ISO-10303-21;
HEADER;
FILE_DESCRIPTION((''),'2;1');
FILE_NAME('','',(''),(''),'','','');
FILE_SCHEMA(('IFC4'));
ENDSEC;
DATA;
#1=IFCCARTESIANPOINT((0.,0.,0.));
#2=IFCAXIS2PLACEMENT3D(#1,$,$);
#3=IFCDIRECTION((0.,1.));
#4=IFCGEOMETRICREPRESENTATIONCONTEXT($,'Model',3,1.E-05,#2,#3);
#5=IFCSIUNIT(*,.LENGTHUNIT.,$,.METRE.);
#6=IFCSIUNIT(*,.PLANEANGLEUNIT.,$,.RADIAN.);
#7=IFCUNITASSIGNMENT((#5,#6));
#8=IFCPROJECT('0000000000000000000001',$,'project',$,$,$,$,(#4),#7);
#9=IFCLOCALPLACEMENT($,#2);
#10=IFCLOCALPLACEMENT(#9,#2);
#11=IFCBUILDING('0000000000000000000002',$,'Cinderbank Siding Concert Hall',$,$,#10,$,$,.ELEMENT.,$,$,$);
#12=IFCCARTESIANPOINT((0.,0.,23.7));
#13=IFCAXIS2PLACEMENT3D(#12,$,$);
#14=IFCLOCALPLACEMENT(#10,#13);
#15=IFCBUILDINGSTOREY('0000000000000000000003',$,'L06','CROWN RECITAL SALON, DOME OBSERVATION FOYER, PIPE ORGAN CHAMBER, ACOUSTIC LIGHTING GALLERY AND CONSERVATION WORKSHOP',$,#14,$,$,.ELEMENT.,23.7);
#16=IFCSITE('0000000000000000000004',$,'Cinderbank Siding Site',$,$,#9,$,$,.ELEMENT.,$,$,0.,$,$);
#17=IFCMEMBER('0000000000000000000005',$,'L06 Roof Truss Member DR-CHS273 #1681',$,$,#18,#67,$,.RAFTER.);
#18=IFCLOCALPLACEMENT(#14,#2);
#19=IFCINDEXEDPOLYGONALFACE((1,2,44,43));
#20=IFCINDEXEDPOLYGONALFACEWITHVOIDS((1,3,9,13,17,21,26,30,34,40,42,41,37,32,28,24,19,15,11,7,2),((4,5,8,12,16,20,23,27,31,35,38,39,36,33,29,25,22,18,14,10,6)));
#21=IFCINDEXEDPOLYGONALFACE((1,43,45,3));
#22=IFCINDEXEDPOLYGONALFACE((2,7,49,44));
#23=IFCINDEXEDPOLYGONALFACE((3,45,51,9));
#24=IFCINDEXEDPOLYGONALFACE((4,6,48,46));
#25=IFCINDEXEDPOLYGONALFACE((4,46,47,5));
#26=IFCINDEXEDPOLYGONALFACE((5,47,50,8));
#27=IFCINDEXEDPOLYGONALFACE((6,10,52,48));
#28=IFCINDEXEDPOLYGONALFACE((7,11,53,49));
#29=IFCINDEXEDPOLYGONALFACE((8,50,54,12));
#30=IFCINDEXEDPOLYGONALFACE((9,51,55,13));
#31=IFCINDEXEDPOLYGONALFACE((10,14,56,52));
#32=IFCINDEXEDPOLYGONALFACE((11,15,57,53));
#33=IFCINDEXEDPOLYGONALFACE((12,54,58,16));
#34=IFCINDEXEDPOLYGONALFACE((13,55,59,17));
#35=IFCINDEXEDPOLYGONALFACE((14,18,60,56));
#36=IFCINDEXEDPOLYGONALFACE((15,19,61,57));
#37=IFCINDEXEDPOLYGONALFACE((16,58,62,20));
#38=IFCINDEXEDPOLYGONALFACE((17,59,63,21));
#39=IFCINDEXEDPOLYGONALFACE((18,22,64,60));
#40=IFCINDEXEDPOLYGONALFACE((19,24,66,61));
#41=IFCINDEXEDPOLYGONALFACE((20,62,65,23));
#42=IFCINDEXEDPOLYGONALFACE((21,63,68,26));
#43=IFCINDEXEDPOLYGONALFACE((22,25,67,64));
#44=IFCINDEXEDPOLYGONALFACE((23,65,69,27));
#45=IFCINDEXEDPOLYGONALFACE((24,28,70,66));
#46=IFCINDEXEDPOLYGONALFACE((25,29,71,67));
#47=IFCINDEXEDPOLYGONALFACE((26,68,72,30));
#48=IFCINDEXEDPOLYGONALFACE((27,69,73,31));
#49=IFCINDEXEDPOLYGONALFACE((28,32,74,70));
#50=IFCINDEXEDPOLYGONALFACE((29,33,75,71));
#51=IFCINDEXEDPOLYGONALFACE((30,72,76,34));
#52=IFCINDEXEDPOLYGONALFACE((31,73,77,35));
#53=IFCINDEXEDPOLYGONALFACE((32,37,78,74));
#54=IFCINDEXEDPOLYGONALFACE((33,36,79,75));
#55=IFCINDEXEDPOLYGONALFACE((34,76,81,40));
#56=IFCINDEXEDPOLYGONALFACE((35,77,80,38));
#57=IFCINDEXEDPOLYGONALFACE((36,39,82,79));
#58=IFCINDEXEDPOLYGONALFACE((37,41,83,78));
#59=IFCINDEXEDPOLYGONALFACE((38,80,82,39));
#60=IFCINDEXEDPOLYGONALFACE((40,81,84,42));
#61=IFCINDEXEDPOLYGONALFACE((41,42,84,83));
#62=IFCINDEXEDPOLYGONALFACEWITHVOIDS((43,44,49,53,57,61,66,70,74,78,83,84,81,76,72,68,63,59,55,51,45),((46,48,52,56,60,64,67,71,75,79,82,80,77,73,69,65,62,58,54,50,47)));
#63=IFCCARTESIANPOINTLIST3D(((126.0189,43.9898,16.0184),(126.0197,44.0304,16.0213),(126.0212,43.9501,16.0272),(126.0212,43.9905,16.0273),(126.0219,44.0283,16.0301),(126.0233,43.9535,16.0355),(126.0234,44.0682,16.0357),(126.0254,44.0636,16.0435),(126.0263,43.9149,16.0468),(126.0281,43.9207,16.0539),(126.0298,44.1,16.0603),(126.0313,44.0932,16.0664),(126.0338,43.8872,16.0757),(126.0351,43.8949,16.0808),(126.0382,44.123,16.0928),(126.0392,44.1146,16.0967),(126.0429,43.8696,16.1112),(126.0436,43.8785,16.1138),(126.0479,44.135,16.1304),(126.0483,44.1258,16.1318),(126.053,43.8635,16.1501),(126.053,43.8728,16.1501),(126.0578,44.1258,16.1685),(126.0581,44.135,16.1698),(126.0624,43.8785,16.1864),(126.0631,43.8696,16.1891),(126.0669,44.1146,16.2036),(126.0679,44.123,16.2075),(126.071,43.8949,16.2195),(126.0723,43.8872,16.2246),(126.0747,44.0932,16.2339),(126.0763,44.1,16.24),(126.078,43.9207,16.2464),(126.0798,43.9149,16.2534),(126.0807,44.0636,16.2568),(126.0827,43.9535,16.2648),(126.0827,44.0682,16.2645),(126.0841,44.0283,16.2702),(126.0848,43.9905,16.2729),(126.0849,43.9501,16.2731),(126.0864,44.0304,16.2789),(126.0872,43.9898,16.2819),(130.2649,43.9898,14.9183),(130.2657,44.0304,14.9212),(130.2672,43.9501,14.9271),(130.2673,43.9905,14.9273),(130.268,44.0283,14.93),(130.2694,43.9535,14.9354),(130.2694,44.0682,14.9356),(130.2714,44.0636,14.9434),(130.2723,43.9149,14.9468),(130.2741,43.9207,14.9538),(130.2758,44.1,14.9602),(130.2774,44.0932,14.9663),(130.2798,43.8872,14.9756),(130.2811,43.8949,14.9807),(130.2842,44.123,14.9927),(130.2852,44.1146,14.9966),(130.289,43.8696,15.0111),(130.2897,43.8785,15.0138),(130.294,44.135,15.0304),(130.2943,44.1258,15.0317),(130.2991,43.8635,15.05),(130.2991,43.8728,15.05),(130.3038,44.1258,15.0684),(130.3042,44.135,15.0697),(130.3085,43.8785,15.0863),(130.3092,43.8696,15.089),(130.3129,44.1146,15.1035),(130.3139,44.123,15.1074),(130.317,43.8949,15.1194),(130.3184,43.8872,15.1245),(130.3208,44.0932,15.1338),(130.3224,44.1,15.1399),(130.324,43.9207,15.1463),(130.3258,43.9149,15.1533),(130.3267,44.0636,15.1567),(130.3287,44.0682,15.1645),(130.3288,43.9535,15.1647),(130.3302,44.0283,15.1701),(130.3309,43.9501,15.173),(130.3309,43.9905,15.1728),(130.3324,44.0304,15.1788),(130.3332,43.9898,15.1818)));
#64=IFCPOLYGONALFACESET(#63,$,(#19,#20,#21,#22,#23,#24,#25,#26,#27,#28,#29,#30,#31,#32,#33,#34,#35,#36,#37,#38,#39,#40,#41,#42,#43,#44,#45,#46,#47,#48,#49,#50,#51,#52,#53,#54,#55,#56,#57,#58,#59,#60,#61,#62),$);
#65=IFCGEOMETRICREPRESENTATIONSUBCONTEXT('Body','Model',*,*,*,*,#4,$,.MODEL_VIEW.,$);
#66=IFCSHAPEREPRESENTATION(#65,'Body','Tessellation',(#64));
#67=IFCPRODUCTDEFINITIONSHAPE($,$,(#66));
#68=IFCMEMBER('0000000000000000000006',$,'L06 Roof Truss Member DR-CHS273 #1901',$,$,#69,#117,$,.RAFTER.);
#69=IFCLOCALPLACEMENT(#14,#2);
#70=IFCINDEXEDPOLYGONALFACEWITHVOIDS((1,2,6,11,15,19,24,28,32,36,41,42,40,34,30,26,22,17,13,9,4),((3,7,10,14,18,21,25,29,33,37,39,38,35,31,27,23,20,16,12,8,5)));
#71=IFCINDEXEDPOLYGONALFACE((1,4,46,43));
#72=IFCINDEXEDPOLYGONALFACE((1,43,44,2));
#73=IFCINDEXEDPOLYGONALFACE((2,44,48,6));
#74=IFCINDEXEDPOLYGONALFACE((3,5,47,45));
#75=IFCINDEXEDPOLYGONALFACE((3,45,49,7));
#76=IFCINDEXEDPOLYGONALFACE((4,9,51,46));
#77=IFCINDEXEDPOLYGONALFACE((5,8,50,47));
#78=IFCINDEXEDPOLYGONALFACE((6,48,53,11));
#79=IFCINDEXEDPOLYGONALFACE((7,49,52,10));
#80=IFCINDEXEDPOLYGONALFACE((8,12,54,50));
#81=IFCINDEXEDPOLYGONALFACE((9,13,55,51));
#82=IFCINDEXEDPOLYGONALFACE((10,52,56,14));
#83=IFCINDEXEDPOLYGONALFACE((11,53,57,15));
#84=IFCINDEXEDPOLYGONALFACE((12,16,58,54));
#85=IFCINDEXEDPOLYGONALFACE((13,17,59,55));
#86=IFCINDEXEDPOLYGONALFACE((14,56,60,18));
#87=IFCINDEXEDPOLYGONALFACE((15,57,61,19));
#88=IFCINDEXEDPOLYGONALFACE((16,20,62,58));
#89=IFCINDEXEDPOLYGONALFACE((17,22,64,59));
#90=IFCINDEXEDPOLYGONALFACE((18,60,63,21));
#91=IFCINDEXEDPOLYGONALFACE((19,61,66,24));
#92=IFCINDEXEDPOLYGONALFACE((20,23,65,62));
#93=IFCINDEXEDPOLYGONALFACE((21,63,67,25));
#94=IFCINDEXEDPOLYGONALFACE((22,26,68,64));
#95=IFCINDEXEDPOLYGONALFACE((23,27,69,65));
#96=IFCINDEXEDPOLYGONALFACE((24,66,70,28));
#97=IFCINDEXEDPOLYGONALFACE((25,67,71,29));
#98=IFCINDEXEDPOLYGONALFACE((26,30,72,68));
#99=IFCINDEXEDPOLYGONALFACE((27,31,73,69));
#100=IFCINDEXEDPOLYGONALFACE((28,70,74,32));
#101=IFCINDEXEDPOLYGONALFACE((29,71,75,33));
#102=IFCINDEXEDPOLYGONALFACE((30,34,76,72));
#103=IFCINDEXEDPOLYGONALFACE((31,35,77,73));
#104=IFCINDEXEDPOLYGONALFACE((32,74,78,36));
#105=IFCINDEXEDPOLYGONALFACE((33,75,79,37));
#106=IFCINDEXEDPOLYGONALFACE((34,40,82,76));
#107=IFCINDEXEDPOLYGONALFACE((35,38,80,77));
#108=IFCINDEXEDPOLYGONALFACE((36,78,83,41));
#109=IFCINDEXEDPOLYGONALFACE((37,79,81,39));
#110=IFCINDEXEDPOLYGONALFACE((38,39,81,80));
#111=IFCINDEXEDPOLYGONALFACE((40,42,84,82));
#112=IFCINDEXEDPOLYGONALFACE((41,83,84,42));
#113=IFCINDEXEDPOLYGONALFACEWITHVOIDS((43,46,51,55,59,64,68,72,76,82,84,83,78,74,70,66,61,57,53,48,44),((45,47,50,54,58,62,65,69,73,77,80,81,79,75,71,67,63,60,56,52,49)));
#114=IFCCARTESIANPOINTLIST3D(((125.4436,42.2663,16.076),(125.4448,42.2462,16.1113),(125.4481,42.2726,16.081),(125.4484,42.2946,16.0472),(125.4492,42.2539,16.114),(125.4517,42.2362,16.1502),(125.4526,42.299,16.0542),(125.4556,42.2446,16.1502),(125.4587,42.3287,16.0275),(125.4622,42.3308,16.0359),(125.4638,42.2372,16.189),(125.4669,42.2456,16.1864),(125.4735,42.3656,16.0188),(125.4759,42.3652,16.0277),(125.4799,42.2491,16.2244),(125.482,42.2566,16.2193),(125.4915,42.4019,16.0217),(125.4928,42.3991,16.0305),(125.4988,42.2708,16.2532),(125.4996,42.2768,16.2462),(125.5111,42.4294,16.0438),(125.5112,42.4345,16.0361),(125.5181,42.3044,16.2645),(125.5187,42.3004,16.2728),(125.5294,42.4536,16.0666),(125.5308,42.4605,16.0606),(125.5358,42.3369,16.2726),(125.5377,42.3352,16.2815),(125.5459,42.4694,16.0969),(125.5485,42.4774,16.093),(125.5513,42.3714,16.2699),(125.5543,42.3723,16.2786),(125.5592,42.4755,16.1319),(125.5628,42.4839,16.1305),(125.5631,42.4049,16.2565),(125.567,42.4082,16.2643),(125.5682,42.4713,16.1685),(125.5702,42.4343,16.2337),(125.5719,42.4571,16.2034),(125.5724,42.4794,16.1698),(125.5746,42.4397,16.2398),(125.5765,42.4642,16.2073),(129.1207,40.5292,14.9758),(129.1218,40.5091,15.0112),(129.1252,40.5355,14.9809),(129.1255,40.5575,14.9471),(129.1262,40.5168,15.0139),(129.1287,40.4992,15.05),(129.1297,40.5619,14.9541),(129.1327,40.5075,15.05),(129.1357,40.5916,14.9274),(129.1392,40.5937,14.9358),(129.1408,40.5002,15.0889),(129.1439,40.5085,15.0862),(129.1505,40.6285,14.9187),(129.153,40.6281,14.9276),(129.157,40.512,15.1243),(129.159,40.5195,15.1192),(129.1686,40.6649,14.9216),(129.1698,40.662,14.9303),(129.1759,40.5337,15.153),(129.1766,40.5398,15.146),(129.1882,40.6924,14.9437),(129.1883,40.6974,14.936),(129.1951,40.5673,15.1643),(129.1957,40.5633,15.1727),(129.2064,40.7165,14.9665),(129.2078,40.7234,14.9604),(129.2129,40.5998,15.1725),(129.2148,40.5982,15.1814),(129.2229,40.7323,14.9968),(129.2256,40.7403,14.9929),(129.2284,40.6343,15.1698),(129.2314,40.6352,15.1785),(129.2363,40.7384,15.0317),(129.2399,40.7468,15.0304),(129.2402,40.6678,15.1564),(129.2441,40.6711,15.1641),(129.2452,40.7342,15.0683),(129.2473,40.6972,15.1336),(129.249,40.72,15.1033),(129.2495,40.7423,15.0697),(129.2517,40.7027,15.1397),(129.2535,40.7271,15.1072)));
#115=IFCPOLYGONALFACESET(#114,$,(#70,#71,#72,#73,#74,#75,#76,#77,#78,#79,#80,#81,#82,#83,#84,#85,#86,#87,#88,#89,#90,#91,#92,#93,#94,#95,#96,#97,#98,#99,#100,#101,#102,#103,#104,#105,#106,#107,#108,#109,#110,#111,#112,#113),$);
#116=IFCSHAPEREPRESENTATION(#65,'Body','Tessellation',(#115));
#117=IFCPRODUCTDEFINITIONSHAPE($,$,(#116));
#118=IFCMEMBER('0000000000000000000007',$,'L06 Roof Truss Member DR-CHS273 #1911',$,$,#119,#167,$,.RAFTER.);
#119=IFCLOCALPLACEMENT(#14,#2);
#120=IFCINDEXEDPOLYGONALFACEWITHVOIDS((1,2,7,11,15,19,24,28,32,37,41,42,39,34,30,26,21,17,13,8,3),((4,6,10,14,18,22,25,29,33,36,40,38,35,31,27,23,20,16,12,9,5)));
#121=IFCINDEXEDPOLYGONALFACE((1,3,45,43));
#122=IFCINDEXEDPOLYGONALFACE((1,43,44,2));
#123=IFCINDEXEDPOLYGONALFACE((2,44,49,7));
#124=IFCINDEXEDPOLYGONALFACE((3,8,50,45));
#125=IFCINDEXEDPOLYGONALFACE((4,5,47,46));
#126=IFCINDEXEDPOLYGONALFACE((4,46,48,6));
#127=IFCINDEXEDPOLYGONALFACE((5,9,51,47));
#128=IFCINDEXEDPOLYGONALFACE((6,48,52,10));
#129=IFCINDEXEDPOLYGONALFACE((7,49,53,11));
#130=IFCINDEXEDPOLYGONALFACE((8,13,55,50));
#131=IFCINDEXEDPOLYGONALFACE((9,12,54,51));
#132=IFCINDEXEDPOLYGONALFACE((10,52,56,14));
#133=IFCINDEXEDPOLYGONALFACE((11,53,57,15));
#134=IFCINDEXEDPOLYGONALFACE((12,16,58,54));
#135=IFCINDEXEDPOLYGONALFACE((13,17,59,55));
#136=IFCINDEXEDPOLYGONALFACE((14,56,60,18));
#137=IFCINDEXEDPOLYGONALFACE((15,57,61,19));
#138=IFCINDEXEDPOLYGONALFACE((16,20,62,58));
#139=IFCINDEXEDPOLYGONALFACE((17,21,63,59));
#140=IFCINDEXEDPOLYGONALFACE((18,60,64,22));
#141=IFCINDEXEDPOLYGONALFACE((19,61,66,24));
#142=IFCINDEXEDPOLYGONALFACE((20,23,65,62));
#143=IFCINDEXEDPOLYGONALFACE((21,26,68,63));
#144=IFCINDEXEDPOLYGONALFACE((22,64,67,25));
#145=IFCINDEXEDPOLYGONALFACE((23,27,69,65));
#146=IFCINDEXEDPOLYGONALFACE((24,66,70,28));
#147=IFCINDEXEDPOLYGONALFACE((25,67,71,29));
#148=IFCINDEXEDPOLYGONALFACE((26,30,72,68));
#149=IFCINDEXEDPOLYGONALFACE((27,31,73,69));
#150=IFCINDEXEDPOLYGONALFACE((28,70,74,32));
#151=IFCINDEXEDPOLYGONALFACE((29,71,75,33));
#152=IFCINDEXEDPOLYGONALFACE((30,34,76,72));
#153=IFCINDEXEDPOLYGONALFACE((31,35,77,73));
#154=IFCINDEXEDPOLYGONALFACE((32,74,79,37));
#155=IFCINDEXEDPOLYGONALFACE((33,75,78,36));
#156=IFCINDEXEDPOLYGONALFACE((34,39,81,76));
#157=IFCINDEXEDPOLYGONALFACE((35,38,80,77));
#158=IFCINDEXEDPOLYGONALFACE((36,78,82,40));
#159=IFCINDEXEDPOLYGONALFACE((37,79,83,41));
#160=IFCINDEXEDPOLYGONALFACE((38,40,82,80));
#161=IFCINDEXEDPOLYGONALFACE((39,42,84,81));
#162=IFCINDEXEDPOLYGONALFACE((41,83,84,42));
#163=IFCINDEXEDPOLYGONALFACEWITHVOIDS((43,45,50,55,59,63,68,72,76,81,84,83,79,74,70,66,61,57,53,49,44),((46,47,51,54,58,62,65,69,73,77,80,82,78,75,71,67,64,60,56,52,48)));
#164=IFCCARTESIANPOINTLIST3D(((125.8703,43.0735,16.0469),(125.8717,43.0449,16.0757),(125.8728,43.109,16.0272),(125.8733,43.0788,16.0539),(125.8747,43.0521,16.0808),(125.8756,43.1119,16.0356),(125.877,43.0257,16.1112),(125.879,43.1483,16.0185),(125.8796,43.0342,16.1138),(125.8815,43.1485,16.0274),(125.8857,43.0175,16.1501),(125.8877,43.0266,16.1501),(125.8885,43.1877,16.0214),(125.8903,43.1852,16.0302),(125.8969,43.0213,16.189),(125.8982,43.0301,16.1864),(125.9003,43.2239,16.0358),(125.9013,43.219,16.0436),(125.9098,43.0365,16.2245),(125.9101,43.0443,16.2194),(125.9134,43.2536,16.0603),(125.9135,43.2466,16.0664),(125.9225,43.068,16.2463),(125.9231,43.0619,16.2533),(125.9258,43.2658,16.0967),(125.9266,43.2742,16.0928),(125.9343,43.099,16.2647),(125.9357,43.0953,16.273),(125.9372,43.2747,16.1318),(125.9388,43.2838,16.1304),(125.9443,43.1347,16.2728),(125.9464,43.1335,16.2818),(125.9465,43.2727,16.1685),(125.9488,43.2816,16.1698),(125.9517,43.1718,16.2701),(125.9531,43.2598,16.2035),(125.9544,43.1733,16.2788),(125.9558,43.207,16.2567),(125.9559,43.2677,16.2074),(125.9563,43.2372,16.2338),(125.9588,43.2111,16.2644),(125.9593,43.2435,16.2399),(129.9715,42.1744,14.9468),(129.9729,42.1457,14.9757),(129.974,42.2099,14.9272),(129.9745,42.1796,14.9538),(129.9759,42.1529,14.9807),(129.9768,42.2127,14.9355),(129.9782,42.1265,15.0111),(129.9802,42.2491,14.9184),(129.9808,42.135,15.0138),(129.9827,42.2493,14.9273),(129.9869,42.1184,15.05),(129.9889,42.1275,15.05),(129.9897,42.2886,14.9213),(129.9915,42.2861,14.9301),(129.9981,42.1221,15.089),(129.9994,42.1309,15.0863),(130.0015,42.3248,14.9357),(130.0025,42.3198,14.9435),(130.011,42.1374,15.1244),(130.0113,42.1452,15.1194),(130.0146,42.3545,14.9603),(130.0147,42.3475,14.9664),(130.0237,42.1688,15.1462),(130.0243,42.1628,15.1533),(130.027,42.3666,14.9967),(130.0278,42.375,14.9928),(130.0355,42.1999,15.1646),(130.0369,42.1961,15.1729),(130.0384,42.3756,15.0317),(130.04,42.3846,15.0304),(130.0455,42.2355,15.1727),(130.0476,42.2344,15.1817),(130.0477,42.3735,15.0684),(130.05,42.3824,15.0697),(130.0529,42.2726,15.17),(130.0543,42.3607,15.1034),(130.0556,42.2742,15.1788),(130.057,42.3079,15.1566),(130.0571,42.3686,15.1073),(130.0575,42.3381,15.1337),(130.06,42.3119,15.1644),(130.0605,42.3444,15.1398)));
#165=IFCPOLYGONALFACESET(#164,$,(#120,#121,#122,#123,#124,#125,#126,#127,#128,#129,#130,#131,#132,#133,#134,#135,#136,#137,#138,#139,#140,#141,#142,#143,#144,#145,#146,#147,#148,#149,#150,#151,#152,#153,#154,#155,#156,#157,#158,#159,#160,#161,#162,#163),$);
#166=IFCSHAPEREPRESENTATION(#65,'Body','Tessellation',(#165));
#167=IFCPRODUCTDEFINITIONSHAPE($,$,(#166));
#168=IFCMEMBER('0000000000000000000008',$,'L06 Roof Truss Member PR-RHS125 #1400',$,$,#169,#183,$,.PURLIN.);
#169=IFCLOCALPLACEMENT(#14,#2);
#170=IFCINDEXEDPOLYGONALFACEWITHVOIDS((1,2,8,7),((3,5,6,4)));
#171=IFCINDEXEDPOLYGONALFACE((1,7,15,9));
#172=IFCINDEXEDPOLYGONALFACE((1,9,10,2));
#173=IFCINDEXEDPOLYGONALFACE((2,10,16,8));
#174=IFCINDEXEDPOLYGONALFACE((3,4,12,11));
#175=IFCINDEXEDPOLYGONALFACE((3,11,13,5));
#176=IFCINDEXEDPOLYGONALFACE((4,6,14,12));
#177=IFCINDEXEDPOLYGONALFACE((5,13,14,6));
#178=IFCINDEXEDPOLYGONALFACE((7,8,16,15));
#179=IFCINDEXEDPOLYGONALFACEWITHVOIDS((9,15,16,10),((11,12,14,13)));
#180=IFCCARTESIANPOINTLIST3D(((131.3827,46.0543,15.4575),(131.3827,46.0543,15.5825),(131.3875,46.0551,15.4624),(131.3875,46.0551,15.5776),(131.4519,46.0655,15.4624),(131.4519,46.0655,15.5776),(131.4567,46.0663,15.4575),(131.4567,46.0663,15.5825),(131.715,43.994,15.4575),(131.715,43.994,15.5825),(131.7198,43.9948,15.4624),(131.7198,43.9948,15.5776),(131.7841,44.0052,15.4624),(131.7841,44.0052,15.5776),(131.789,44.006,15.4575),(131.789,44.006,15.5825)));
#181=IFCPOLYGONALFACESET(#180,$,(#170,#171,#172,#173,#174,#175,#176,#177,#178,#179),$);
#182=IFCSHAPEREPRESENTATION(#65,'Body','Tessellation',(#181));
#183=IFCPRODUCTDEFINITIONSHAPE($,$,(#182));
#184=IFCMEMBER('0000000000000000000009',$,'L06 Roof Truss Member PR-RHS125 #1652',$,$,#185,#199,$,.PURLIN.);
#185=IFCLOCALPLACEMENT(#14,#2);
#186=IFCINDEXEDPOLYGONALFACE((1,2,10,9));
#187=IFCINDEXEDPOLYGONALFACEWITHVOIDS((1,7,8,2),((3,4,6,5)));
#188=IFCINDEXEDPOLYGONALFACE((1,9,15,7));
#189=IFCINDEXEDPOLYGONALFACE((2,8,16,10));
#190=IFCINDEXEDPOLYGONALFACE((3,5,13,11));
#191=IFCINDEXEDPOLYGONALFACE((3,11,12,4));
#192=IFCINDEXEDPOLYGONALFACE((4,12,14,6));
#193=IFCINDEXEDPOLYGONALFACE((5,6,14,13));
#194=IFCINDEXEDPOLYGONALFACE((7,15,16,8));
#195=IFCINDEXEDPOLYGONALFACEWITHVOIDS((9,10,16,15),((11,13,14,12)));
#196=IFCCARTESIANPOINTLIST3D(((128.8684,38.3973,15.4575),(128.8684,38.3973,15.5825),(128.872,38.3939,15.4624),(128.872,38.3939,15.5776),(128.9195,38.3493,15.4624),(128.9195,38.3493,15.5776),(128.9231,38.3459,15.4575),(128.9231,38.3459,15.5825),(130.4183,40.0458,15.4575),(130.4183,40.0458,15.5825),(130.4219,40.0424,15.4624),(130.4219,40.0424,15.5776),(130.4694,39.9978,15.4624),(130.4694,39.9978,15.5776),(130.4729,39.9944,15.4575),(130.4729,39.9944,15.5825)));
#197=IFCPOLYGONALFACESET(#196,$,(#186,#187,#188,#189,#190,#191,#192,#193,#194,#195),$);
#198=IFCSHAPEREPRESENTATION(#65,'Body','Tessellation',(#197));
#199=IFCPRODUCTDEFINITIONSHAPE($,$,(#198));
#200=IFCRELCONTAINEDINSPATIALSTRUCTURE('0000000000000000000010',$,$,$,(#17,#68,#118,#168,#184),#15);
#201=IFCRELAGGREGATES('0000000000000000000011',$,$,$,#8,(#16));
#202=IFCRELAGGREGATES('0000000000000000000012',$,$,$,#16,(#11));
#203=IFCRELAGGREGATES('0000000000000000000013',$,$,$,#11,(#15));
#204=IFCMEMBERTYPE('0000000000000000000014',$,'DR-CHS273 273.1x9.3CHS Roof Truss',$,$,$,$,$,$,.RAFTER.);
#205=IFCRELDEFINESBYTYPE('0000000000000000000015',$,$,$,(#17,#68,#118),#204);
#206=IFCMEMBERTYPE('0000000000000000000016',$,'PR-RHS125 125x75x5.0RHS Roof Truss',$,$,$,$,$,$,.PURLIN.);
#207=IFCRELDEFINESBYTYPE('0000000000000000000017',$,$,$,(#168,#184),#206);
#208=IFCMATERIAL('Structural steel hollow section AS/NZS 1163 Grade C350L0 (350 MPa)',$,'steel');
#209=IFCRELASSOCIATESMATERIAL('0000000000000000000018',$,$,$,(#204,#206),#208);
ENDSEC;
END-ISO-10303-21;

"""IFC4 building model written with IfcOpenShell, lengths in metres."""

from ifc_helpers import new_model, si_unit, direction, frame, origin, origin_2d, place, context, subcontext, project, spatial, hollow_rectangle, hollow_circle, extrude, material, material_profile, profile_set, type_object, element, save


model = new_model("IFC4")

# Units and contexts
model_context = context("Model", 3, precision=1e-05, world=origin(), true_north=direction((0.0, 1.0)))
body_context = subcontext(model_context, "Body", "Model", "MODEL_VIEW")
ifc_project = project(units=[si_unit("LENGTHUNIT", "METRE"), si_unit("PLANEANGLEUNIT", "RADIAN")], contexts=[model_context])

# Site, building, storey
site_placement = place(None, origin())
site = spatial("IfcSite", under=ifc_project, at=site_placement, Name="Cinderbank Siding Site", CompositionType="ELEMENT", RefElevation=0.0)
building_placement = place(site_placement, origin())
building = spatial("IfcBuilding", under=site, at=building_placement, Name="Cinderbank Siding Concert Hall", CompositionType="ELEMENT")
storey_placement = place(building_placement, frame((0.0, 0.0, 23.7)))
storey = spatial("IfcBuildingStorey", under=building, at=storey_placement, Name="L06", Description="CROWN RECITAL SALON, DOME OBSERVATION FOYER, PIPE ORGAN CHAMBER, ACOUSTIC LIGHTING GALLERY AND CONSERVATION WORKSHOP", CompositionType="ELEMENT", Elevation=23.7)

# Members
ifc_material_1 = material(Name="Structural steel hollow section AS/NZS 1163 Grade C350L0 (350 MPa)", Category="steel")
ifc_material_profile_1 = material_profile(ifc_material_1, hollow_circle(Radius=0.1365, WallThickness=0.0093, at=origin_2d()), Name="273.1x9.3CHS", Category="LoadBearing")
ifc_profile_set_1 = profile_set([ifc_material_profile_1], Name="Structural steel hollow section AS/NZS 1163 Grade C350L0 (350 MPa)")
member_type_1 = type_object("IfcMemberType", Name="DR-CHS273 273.1x9.3CHS Roof Truss", PredefinedType="RAFTER", material=ifc_profile_set_1)
member_1_placement = place(storey_placement, frame((130.2991, 44.0, 15.05), z_axis=(-0.968038, 0.0, 0.250804), x_axis=(0.0, -1.0, 0.0)))
element("IfcMember", 1, at=member_1_placement, inside=storey, type_object=member_type_1, Name="L06 Roof Truss Member DR-CHS273 #1681", PredefinedType="RAFTER", context=body_context, shape_type="SweptSolid", body=[
    extrude(hollow_circle(Radius=0.1365, WallThickness=0.0093, at=origin_2d()), origin(), (0.0, 0.0, 1.0), 4.3862),
])
member_2_placement = place(storey_placement, frame((129.187, 40.6226, 15.05), z_axis=(-0.87281, 0.412326, 0.26113), x_axis=(-0.427147, -0.904182, 0.0)))
element("IfcMember", 2, at=member_2_placement, inside=storey, type_object=member_type_1, Name="L06 Roof Truss Member DR-CHS273 #1901", PredefinedType="RAFTER", context=body_context, shape_type="SweptSolid", body=[
    extrude(hollow_circle(Radius=0.1365, WallThickness=0.0093, at=origin_2d()), origin(), (0.0, 0.0, 1.0), 4.2129),
])
member_3_placement = place(storey_placement, frame((130.0161, 42.2517, 15.05), z_axis=(-0.944906, 0.20716, 0.253452), x_axis=(-0.214153, -0.9768, 0.0)))
element("IfcMember", 3, at=member_3_placement, inside=storey, type_object=member_type_1, Name="L06 Roof Truss Member DR-CHS273 #1911", PredefinedType="RAFTER", context=body_context, shape_type="SweptSolid", body=[
    extrude(hollow_circle(Radius=0.1365, WallThickness=0.0093, at=origin_2d()), origin(), (0.0, 0.0, 1.0), 4.3403),
])
ifc_material_profile_2 = material_profile(ifc_material_1, hollow_rectangle(XDim=0.075, YDim=0.125, WallThickness=0.0049, at=origin_2d()), Name="125x75x5.0RHS", Category="LoadBearing")
ifc_profile_set_2 = profile_set([ifc_material_profile_2], Name="Structural steel hollow section AS/NZS 1163 Grade C350L0 (350 MPa)")
member_type_2 = type_object("IfcMemberType", Name="PR-RHS125 125x75x5.0RHS Roof Truss", PredefinedType="PURLIN", material=ifc_profile_set_2)
member_4_placement = place(storey_placement, frame((131.752, 44.0, 15.52), z_axis=(-0.159218, 0.987243, 0.0), x_axis=(-0.987243, -0.159218, 0.0)))
element("IfcMember", 4, at=member_4_placement, inside=storey, type_object=member_type_2, Name="L06 Roof Truss Member PR-RHS125 #1400", PredefinedType="PURLIN", context=body_context, shape_type="SweptSolid", body=[
    extrude(hollow_rectangle(XDim=0.075, YDim=0.125, WallThickness=0.0049, at=origin_2d()), origin(), (0.0, 0.0, 1.0), 2.0869),
])
member_5_placement = place(storey_placement, frame((128.8958, 38.3716, 15.52), z_axis=(0.684974, 0.728567, 0.0), x_axis=(-0.728567, 0.684974, 0.0)))
element("IfcMember", 5, at=member_5_placement, inside=storey, type_object=member_type_2, Name="L06 Roof Truss Member PR-RHS125 #1652", PredefinedType="PURLIN", context=body_context, shape_type="SweptSolid", body=[
    extrude(hollow_rectangle(XDim=0.075, YDim=0.125, WallThickness=0.0049, at=origin_2d()), origin(), (0.0, 0.0, 1.0), 2.2627),
])

save(model, "model.ifc")
